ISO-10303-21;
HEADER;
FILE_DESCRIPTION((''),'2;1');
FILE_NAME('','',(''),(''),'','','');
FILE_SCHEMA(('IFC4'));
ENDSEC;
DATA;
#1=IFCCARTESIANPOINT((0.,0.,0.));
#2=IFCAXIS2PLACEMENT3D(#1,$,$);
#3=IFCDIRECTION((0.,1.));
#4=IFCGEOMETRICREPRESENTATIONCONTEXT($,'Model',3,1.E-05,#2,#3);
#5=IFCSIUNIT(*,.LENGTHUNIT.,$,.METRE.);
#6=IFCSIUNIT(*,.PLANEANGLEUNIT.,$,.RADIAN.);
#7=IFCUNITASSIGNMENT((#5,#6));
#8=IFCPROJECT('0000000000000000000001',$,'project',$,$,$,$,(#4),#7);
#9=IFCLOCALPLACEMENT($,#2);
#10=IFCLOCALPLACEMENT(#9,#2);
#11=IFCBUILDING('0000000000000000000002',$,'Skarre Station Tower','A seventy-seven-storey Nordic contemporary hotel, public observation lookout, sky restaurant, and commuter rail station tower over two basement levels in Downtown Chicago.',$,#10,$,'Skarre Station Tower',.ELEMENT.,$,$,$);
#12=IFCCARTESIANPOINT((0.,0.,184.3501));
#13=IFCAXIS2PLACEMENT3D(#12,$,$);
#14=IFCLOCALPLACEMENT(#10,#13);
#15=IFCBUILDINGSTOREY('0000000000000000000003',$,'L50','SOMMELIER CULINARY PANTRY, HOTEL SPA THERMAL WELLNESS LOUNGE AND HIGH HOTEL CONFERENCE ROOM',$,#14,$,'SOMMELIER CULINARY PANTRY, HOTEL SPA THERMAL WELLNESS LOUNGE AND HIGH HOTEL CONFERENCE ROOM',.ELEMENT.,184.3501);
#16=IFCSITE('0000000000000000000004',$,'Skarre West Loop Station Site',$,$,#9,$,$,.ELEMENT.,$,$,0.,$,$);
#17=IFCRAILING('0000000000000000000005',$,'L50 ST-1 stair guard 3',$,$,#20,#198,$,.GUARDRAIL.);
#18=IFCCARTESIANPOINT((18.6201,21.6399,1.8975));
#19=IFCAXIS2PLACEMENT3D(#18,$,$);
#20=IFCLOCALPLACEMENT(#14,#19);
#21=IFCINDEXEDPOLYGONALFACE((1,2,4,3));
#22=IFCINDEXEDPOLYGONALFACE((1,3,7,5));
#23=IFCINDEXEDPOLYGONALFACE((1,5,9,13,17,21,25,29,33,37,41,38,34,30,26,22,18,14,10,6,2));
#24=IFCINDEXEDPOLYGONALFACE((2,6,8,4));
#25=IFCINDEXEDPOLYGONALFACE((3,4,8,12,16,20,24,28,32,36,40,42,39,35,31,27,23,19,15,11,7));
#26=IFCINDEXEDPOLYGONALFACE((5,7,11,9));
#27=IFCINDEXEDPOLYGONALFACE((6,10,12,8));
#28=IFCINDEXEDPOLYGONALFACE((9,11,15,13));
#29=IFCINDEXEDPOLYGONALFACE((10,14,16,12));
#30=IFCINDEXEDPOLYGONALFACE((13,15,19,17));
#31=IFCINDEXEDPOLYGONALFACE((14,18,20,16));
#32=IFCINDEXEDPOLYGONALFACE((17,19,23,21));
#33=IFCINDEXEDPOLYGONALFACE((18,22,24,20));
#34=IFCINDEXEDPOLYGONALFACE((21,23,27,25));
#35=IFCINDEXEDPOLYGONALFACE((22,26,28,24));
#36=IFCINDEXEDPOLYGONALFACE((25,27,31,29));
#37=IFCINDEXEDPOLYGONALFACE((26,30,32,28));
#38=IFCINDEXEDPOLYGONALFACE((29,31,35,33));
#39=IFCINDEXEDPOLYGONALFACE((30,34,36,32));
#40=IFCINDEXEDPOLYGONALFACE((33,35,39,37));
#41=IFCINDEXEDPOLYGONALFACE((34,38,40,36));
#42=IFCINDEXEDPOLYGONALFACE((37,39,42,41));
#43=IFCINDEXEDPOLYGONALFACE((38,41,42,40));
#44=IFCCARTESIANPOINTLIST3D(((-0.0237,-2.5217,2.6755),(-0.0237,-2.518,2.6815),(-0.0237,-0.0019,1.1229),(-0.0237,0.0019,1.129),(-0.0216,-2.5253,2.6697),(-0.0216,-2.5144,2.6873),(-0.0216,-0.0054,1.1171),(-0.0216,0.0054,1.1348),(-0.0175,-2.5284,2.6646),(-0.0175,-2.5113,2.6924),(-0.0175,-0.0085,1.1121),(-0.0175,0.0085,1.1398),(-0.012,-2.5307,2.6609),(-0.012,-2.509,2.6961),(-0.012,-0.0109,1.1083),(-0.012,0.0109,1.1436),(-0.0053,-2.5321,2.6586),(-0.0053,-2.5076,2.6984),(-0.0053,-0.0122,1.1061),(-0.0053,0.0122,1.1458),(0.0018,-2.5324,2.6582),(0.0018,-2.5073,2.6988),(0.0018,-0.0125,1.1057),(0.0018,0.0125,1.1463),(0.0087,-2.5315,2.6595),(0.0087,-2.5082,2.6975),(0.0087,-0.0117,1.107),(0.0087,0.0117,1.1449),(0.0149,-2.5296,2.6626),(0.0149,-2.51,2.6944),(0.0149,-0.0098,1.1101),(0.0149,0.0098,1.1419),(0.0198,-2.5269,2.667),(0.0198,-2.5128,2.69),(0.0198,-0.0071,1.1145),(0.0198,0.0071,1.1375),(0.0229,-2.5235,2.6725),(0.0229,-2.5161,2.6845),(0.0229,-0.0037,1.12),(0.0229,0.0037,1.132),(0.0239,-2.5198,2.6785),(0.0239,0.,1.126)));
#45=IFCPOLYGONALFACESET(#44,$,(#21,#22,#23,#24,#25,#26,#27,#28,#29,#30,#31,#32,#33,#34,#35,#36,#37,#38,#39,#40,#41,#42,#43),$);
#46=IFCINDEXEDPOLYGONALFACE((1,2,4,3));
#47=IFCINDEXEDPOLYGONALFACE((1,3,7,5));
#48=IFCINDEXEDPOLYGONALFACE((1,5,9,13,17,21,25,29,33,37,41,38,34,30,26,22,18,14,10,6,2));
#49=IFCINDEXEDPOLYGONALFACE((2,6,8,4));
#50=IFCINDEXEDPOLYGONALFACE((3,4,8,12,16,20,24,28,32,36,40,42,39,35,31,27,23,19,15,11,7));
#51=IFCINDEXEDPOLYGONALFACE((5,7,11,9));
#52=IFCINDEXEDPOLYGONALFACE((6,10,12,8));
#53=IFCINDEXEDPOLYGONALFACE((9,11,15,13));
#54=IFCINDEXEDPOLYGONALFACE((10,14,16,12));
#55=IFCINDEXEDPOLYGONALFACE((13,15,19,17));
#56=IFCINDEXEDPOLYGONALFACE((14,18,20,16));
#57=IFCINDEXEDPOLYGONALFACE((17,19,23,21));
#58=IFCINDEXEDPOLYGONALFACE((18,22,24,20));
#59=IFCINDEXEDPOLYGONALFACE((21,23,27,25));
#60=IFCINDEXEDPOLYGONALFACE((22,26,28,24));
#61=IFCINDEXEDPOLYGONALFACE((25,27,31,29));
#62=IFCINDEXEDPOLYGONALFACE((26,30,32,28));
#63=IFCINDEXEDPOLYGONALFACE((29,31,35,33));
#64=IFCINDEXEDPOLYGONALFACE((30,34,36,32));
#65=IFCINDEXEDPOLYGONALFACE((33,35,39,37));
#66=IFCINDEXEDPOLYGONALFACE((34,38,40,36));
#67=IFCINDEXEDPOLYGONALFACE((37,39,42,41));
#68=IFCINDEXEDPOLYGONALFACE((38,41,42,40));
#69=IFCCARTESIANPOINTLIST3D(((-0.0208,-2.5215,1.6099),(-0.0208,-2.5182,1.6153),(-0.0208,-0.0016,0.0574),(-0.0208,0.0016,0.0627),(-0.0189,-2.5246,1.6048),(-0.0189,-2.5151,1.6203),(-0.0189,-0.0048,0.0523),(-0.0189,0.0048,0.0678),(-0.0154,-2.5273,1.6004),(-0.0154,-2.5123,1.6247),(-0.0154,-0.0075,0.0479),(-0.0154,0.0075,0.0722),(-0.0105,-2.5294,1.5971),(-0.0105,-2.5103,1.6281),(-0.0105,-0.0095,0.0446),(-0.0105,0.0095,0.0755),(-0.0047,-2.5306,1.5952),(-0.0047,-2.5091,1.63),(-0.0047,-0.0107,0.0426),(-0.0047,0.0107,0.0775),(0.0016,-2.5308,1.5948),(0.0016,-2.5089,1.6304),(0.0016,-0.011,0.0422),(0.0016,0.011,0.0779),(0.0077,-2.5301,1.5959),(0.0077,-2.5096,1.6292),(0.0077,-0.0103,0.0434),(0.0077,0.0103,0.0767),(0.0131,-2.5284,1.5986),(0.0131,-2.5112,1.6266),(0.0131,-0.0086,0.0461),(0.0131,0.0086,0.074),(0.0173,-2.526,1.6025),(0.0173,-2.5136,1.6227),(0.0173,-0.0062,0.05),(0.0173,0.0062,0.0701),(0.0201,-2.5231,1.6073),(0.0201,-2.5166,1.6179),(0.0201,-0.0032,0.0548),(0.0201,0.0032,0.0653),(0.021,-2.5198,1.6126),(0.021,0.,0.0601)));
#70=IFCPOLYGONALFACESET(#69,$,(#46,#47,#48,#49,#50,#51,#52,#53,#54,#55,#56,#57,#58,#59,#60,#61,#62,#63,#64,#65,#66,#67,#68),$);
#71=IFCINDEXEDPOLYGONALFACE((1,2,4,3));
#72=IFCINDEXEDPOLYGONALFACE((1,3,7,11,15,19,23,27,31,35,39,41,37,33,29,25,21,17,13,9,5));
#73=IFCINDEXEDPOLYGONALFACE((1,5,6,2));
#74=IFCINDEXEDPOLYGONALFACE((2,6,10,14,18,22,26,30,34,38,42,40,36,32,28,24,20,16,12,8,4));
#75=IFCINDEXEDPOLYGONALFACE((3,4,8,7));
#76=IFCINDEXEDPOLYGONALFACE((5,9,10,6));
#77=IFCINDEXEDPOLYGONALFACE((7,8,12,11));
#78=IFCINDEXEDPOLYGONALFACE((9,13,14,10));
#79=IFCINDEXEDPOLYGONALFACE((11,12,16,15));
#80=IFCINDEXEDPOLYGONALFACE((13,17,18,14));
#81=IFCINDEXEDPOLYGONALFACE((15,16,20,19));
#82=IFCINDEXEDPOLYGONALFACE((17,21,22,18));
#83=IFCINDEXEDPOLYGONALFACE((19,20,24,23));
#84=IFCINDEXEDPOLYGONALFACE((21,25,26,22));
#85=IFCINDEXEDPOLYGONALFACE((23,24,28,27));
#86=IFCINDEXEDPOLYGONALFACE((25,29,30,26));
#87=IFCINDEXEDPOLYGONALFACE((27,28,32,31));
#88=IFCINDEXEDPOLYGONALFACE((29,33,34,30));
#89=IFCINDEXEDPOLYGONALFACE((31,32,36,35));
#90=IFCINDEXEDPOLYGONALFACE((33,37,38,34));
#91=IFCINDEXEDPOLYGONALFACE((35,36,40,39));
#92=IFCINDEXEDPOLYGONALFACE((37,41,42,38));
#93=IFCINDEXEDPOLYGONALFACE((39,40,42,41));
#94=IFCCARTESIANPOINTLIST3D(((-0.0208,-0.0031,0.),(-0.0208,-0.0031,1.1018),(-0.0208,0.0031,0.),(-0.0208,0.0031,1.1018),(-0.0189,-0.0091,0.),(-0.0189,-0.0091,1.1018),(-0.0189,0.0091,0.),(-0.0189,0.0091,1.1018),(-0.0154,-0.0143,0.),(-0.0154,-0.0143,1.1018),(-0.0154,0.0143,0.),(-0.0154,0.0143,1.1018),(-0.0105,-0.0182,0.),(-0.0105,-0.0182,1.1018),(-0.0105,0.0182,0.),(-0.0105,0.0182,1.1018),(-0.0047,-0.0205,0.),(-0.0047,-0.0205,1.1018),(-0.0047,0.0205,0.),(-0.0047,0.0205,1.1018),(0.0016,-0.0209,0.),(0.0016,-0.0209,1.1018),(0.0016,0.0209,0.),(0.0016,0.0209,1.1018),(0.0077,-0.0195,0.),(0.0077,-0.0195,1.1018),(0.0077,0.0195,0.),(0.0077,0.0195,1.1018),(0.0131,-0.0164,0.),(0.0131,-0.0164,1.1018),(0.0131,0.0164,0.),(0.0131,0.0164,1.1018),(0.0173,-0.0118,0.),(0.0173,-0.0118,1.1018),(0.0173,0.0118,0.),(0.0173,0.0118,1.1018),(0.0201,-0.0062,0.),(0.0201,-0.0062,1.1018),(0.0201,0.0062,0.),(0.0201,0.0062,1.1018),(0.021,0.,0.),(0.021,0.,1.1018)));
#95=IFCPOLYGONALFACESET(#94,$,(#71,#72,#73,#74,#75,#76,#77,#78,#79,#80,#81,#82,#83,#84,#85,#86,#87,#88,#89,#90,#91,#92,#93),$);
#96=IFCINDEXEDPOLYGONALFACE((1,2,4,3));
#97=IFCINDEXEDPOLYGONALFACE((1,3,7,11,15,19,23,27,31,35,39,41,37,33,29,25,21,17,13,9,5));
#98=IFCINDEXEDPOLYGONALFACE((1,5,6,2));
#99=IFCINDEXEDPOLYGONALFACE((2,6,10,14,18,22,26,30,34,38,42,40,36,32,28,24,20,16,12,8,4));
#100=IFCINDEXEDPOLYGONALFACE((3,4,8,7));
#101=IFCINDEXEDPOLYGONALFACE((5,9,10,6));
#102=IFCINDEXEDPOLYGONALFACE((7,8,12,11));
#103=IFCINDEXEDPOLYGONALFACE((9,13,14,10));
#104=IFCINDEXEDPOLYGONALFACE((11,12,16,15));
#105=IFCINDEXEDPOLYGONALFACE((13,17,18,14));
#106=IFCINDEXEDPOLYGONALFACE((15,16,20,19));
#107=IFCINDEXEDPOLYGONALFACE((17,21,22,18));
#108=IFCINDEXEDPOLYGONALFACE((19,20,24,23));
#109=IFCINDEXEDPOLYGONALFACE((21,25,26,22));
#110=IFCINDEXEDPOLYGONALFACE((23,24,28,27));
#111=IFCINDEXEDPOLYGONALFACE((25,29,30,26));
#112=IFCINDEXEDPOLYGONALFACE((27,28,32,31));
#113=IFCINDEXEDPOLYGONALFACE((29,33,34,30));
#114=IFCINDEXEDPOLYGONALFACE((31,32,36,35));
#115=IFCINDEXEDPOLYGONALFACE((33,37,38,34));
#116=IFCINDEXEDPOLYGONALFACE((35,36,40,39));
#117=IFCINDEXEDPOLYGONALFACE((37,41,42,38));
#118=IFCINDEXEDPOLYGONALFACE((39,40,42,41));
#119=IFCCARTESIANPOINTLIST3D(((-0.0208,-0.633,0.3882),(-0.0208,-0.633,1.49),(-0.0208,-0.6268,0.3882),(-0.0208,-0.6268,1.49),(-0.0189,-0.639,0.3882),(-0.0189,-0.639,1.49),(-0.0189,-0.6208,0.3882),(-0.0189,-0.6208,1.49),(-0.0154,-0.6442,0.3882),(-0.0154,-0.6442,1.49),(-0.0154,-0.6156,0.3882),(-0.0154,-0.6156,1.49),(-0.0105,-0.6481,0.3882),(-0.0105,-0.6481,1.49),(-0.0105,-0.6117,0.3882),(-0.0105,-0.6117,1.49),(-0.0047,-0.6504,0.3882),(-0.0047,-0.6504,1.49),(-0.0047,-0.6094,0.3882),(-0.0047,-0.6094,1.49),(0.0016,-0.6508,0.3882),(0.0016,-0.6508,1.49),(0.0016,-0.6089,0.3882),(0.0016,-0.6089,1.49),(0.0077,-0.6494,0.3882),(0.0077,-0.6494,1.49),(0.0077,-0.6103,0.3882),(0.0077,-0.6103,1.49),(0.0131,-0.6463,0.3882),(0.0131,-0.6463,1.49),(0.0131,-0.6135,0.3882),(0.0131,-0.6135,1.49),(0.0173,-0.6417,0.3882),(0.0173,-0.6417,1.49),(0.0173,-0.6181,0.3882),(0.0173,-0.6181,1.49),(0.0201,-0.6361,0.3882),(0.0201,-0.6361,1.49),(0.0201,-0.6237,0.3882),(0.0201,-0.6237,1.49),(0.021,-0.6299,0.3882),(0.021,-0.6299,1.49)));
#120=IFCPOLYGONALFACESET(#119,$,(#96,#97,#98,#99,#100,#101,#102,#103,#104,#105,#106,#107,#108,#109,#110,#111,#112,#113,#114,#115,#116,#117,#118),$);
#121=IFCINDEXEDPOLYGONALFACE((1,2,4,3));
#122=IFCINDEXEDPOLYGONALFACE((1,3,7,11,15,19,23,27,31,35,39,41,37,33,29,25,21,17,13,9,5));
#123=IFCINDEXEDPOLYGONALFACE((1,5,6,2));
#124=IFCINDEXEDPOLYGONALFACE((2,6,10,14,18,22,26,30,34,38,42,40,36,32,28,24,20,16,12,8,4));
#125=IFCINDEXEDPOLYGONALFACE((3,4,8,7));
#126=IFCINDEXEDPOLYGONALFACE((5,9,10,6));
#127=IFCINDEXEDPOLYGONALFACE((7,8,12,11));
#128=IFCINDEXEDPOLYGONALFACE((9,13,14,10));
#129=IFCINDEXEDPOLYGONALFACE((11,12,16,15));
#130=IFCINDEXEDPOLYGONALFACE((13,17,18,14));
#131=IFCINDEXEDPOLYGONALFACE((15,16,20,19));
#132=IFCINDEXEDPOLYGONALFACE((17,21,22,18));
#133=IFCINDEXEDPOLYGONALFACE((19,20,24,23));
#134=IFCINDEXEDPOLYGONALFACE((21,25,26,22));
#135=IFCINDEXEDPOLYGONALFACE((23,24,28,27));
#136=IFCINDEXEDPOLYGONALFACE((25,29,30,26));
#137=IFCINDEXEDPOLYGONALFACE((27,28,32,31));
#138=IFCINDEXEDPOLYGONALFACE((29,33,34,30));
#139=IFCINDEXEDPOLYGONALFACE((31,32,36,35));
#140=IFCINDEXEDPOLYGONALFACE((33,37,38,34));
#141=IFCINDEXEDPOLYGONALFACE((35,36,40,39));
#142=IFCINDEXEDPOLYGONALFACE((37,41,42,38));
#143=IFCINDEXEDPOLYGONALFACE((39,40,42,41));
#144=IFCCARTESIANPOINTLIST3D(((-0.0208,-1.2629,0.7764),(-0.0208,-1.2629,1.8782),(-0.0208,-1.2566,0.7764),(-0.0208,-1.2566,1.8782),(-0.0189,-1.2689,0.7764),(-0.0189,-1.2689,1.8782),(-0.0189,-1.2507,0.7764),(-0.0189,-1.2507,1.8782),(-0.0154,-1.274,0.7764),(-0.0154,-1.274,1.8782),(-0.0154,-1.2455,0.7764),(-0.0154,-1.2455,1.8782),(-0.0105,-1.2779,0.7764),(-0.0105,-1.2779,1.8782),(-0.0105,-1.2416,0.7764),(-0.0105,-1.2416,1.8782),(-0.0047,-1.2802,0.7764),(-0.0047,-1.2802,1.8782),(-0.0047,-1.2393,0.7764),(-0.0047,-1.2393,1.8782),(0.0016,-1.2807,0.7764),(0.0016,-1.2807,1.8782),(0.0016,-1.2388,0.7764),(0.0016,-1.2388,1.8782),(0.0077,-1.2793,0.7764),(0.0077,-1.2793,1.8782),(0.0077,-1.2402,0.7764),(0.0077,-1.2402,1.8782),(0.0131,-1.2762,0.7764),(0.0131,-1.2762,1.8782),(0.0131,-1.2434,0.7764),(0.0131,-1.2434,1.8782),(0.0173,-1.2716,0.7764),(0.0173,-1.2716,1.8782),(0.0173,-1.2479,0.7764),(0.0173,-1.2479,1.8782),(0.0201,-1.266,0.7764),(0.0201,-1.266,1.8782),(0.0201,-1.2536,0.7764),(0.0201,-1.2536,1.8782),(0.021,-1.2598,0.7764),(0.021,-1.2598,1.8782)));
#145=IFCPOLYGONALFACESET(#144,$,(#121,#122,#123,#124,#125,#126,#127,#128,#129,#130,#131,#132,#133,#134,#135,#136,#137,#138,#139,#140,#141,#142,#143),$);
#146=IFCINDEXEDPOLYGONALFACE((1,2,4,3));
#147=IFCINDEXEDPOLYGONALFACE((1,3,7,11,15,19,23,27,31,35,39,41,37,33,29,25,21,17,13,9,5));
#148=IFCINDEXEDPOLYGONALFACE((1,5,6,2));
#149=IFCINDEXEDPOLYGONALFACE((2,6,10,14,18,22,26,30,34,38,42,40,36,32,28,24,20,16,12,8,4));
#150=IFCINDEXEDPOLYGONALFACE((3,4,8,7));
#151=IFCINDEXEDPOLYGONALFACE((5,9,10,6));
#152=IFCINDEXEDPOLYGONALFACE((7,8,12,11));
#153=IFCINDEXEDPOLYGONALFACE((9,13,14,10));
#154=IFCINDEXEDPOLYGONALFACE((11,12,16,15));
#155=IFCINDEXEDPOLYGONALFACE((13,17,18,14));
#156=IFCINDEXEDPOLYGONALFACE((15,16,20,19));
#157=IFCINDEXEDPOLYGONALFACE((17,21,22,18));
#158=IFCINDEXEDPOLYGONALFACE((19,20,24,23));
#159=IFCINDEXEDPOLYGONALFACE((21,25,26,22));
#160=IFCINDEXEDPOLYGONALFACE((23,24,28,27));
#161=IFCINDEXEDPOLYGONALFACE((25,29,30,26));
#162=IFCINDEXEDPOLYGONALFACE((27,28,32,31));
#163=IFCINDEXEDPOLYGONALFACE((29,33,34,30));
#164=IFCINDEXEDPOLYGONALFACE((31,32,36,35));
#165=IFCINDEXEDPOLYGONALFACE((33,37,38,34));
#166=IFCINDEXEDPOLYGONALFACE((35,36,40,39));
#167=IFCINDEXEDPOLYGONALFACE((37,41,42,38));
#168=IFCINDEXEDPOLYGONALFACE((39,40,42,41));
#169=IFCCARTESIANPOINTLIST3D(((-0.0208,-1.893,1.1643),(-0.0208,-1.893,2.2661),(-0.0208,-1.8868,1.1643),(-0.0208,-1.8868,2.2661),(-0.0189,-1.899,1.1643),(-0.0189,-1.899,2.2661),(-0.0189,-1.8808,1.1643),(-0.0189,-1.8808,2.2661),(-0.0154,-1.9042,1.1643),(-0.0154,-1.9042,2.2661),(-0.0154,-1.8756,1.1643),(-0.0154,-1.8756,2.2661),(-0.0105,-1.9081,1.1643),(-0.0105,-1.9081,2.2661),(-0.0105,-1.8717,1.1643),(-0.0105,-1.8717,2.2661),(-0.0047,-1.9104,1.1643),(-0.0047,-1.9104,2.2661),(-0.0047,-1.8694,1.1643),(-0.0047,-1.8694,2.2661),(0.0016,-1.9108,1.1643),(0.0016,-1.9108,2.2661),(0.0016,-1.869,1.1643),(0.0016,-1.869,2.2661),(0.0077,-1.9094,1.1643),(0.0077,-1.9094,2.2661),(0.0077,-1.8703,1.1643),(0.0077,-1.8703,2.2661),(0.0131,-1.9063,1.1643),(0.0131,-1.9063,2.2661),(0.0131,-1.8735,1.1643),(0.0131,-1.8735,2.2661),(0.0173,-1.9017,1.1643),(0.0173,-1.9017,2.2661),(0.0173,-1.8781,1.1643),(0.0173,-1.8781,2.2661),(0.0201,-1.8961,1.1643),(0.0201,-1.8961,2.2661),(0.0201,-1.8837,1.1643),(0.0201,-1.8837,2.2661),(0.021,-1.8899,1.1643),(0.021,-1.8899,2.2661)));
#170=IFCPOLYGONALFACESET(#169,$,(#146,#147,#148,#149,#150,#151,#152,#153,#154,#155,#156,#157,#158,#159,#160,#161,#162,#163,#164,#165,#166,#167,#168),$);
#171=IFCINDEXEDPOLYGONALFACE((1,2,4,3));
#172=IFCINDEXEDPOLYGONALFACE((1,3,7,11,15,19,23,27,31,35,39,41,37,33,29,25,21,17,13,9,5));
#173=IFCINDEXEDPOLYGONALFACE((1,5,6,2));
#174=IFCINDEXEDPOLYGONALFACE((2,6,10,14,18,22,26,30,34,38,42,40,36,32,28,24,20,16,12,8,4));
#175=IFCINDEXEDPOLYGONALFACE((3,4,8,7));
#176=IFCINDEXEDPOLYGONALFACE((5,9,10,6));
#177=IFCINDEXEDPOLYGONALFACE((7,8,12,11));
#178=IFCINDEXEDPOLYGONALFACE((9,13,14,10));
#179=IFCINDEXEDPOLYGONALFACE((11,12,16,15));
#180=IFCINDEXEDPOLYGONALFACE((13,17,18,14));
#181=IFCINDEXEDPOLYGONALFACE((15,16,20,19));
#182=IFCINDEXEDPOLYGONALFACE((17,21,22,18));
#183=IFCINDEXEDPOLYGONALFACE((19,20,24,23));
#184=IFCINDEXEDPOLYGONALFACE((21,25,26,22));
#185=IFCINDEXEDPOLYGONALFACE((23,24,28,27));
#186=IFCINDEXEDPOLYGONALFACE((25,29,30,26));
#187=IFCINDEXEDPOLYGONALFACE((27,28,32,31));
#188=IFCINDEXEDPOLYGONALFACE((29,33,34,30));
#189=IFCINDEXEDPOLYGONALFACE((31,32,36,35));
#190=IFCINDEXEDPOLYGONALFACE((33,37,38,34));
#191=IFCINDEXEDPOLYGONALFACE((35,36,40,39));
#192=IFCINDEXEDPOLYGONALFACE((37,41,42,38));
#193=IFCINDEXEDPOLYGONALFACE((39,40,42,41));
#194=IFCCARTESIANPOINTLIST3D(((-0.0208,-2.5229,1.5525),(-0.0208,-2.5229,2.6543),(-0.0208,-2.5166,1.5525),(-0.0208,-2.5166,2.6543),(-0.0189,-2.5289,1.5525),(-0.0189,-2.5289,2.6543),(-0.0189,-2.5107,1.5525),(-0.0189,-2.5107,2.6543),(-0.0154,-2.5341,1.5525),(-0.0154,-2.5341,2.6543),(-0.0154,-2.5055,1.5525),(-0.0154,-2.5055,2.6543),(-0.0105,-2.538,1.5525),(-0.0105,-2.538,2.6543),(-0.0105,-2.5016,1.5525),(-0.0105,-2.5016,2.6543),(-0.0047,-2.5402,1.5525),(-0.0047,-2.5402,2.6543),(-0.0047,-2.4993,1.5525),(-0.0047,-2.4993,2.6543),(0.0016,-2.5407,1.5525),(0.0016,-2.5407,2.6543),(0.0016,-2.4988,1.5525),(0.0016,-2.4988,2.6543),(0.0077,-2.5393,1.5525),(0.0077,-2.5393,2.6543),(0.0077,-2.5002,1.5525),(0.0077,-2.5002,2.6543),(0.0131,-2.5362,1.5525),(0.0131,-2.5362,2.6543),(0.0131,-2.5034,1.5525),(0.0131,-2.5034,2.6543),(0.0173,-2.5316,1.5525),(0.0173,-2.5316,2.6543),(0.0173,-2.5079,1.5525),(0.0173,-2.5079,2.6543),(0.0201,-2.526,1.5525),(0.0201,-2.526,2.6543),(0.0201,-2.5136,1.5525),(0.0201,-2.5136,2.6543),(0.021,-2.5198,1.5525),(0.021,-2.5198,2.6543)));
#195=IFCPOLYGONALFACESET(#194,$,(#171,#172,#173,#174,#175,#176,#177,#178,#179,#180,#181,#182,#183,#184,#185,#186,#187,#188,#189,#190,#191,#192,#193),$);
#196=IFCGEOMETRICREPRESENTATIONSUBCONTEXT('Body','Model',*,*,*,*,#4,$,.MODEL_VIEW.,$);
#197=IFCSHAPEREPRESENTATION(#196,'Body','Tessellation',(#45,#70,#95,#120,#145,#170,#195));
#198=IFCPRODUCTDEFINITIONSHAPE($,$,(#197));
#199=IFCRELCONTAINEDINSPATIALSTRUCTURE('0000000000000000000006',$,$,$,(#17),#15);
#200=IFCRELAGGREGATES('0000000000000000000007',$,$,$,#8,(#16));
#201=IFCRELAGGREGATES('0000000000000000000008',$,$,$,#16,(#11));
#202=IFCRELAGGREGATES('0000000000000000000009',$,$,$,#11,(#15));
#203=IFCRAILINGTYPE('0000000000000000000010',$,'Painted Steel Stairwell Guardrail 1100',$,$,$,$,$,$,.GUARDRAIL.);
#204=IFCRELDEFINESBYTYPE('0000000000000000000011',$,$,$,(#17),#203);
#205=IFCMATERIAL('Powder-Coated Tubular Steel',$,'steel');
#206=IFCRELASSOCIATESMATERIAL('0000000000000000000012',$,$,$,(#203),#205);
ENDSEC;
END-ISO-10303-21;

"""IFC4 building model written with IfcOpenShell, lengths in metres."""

from ifc_helpers import new_model, si_unit, direction, frame, origin, origin_2d, place, context, subcontext, project, spatial, circle, extrude, material, type_object, element, save


model = new_model("IFC4")

# Units and contexts
model_context = context("Model", 3, precision=1e-05, world=origin(), true_north=direction((0.0, 1.0)))
body_context = subcontext(model_context, "Body", "Model", "MODEL_VIEW")
ifc_project = project(units=[si_unit("LENGTHUNIT", "METRE"), si_unit("PLANEANGLEUNIT", "RADIAN")], contexts=[model_context])

# Site, building, storey
site_placement = place(None, origin())
site = spatial("IfcSite", under=ifc_project, at=site_placement, Name="Skarre West Loop Station Site", CompositionType="ELEMENT", RefElevation=0.0)
building_placement = place(site_placement, origin())
building = spatial("IfcBuilding", under=site, at=building_placement, Name="Skarre Station Tower", Description="A seventy-seven-storey Nordic contemporary hotel, public observation lookout, sky restaurant, and commuter rail station tower over two basement levels in Downtown Chicago.", LongName="Skarre Station Tower", CompositionType="ELEMENT")
storey_placement = place(building_placement, frame((0.0, 0.0, 184.3501)))
storey = spatial("IfcBuildingStorey", under=building, at=storey_placement, Name="L50", Description="SOMMELIER CULINARY PANTRY, HOTEL SPA THERMAL WELLNESS LOUNGE AND HIGH HOTEL CONFERENCE ROOM", LongName="SOMMELIER CULINARY PANTRY, HOTEL SPA THERMAL WELLNESS LOUNGE AND HIGH HOTEL CONFERENCE ROOM", CompositionType="ELEMENT", Elevation=184.3501)

# Railing
ifc_material_1 = material(Name="Powder-Coated Tubular Steel", Category="steel")
railing_type_1 = type_object("IfcRailingType", Name="Painted Steel Stairwell Guardrail 1100", PredefinedType="GUARDRAIL", material=ifc_material_1)
railing_1_placement = place(storey_placement, frame((18.6201, 21.6399, 1.8975)))
element("IfcRailing", 1, at=railing_1_placement, inside=storey, type_object=railing_type_1, Name="L50 ST-1 stair guard 3", PredefinedType="GUARDRAIL", context=body_context, shape_type="SweptSolid", body=[
    extrude(circle(Radius=0.0239, at=origin_2d()), frame((0.0, 0.0, 1.126), z_axis=(0.0, -0.851378, 0.524553), x_axis=(1.0, 0.0, 0.0)), (0.0, 0.0, 1.0), 2.9597),
    extrude(circle(Radius=0.021, at=origin_2d()), frame((0.0, 0.0, 0.0601), z_axis=(0.0, -0.851378, 0.524553), x_axis=(1.0, 0.0, 0.0)), (0.0, 0.0, 1.0), 2.9597),
    extrude(circle(Radius=0.021, at=origin_2d()), origin(), (0.0, 0.0, 1.0), 1.1018),
    extrude(circle(Radius=0.021, at=origin_2d()), frame((0.0, -0.6299, 0.3882)), (0.0, 0.0, 1.0), 1.1018),
    extrude(circle(Radius=0.021, at=origin_2d()), frame((0.0, -1.2598, 0.7764)), (0.0, 0.0, 1.0), 1.1018),
    extrude(circle(Radius=0.021, at=origin_2d()), frame((0.0, -1.8899, 1.1643)), (0.0, 0.0, 1.0), 1.1018),
    extrude(circle(Radius=0.021, at=origin_2d()), frame((0.0, -2.5198, 1.5525)), (0.0, 0.0, 1.0), 1.1018),
])

save(model, "model.ifc")
